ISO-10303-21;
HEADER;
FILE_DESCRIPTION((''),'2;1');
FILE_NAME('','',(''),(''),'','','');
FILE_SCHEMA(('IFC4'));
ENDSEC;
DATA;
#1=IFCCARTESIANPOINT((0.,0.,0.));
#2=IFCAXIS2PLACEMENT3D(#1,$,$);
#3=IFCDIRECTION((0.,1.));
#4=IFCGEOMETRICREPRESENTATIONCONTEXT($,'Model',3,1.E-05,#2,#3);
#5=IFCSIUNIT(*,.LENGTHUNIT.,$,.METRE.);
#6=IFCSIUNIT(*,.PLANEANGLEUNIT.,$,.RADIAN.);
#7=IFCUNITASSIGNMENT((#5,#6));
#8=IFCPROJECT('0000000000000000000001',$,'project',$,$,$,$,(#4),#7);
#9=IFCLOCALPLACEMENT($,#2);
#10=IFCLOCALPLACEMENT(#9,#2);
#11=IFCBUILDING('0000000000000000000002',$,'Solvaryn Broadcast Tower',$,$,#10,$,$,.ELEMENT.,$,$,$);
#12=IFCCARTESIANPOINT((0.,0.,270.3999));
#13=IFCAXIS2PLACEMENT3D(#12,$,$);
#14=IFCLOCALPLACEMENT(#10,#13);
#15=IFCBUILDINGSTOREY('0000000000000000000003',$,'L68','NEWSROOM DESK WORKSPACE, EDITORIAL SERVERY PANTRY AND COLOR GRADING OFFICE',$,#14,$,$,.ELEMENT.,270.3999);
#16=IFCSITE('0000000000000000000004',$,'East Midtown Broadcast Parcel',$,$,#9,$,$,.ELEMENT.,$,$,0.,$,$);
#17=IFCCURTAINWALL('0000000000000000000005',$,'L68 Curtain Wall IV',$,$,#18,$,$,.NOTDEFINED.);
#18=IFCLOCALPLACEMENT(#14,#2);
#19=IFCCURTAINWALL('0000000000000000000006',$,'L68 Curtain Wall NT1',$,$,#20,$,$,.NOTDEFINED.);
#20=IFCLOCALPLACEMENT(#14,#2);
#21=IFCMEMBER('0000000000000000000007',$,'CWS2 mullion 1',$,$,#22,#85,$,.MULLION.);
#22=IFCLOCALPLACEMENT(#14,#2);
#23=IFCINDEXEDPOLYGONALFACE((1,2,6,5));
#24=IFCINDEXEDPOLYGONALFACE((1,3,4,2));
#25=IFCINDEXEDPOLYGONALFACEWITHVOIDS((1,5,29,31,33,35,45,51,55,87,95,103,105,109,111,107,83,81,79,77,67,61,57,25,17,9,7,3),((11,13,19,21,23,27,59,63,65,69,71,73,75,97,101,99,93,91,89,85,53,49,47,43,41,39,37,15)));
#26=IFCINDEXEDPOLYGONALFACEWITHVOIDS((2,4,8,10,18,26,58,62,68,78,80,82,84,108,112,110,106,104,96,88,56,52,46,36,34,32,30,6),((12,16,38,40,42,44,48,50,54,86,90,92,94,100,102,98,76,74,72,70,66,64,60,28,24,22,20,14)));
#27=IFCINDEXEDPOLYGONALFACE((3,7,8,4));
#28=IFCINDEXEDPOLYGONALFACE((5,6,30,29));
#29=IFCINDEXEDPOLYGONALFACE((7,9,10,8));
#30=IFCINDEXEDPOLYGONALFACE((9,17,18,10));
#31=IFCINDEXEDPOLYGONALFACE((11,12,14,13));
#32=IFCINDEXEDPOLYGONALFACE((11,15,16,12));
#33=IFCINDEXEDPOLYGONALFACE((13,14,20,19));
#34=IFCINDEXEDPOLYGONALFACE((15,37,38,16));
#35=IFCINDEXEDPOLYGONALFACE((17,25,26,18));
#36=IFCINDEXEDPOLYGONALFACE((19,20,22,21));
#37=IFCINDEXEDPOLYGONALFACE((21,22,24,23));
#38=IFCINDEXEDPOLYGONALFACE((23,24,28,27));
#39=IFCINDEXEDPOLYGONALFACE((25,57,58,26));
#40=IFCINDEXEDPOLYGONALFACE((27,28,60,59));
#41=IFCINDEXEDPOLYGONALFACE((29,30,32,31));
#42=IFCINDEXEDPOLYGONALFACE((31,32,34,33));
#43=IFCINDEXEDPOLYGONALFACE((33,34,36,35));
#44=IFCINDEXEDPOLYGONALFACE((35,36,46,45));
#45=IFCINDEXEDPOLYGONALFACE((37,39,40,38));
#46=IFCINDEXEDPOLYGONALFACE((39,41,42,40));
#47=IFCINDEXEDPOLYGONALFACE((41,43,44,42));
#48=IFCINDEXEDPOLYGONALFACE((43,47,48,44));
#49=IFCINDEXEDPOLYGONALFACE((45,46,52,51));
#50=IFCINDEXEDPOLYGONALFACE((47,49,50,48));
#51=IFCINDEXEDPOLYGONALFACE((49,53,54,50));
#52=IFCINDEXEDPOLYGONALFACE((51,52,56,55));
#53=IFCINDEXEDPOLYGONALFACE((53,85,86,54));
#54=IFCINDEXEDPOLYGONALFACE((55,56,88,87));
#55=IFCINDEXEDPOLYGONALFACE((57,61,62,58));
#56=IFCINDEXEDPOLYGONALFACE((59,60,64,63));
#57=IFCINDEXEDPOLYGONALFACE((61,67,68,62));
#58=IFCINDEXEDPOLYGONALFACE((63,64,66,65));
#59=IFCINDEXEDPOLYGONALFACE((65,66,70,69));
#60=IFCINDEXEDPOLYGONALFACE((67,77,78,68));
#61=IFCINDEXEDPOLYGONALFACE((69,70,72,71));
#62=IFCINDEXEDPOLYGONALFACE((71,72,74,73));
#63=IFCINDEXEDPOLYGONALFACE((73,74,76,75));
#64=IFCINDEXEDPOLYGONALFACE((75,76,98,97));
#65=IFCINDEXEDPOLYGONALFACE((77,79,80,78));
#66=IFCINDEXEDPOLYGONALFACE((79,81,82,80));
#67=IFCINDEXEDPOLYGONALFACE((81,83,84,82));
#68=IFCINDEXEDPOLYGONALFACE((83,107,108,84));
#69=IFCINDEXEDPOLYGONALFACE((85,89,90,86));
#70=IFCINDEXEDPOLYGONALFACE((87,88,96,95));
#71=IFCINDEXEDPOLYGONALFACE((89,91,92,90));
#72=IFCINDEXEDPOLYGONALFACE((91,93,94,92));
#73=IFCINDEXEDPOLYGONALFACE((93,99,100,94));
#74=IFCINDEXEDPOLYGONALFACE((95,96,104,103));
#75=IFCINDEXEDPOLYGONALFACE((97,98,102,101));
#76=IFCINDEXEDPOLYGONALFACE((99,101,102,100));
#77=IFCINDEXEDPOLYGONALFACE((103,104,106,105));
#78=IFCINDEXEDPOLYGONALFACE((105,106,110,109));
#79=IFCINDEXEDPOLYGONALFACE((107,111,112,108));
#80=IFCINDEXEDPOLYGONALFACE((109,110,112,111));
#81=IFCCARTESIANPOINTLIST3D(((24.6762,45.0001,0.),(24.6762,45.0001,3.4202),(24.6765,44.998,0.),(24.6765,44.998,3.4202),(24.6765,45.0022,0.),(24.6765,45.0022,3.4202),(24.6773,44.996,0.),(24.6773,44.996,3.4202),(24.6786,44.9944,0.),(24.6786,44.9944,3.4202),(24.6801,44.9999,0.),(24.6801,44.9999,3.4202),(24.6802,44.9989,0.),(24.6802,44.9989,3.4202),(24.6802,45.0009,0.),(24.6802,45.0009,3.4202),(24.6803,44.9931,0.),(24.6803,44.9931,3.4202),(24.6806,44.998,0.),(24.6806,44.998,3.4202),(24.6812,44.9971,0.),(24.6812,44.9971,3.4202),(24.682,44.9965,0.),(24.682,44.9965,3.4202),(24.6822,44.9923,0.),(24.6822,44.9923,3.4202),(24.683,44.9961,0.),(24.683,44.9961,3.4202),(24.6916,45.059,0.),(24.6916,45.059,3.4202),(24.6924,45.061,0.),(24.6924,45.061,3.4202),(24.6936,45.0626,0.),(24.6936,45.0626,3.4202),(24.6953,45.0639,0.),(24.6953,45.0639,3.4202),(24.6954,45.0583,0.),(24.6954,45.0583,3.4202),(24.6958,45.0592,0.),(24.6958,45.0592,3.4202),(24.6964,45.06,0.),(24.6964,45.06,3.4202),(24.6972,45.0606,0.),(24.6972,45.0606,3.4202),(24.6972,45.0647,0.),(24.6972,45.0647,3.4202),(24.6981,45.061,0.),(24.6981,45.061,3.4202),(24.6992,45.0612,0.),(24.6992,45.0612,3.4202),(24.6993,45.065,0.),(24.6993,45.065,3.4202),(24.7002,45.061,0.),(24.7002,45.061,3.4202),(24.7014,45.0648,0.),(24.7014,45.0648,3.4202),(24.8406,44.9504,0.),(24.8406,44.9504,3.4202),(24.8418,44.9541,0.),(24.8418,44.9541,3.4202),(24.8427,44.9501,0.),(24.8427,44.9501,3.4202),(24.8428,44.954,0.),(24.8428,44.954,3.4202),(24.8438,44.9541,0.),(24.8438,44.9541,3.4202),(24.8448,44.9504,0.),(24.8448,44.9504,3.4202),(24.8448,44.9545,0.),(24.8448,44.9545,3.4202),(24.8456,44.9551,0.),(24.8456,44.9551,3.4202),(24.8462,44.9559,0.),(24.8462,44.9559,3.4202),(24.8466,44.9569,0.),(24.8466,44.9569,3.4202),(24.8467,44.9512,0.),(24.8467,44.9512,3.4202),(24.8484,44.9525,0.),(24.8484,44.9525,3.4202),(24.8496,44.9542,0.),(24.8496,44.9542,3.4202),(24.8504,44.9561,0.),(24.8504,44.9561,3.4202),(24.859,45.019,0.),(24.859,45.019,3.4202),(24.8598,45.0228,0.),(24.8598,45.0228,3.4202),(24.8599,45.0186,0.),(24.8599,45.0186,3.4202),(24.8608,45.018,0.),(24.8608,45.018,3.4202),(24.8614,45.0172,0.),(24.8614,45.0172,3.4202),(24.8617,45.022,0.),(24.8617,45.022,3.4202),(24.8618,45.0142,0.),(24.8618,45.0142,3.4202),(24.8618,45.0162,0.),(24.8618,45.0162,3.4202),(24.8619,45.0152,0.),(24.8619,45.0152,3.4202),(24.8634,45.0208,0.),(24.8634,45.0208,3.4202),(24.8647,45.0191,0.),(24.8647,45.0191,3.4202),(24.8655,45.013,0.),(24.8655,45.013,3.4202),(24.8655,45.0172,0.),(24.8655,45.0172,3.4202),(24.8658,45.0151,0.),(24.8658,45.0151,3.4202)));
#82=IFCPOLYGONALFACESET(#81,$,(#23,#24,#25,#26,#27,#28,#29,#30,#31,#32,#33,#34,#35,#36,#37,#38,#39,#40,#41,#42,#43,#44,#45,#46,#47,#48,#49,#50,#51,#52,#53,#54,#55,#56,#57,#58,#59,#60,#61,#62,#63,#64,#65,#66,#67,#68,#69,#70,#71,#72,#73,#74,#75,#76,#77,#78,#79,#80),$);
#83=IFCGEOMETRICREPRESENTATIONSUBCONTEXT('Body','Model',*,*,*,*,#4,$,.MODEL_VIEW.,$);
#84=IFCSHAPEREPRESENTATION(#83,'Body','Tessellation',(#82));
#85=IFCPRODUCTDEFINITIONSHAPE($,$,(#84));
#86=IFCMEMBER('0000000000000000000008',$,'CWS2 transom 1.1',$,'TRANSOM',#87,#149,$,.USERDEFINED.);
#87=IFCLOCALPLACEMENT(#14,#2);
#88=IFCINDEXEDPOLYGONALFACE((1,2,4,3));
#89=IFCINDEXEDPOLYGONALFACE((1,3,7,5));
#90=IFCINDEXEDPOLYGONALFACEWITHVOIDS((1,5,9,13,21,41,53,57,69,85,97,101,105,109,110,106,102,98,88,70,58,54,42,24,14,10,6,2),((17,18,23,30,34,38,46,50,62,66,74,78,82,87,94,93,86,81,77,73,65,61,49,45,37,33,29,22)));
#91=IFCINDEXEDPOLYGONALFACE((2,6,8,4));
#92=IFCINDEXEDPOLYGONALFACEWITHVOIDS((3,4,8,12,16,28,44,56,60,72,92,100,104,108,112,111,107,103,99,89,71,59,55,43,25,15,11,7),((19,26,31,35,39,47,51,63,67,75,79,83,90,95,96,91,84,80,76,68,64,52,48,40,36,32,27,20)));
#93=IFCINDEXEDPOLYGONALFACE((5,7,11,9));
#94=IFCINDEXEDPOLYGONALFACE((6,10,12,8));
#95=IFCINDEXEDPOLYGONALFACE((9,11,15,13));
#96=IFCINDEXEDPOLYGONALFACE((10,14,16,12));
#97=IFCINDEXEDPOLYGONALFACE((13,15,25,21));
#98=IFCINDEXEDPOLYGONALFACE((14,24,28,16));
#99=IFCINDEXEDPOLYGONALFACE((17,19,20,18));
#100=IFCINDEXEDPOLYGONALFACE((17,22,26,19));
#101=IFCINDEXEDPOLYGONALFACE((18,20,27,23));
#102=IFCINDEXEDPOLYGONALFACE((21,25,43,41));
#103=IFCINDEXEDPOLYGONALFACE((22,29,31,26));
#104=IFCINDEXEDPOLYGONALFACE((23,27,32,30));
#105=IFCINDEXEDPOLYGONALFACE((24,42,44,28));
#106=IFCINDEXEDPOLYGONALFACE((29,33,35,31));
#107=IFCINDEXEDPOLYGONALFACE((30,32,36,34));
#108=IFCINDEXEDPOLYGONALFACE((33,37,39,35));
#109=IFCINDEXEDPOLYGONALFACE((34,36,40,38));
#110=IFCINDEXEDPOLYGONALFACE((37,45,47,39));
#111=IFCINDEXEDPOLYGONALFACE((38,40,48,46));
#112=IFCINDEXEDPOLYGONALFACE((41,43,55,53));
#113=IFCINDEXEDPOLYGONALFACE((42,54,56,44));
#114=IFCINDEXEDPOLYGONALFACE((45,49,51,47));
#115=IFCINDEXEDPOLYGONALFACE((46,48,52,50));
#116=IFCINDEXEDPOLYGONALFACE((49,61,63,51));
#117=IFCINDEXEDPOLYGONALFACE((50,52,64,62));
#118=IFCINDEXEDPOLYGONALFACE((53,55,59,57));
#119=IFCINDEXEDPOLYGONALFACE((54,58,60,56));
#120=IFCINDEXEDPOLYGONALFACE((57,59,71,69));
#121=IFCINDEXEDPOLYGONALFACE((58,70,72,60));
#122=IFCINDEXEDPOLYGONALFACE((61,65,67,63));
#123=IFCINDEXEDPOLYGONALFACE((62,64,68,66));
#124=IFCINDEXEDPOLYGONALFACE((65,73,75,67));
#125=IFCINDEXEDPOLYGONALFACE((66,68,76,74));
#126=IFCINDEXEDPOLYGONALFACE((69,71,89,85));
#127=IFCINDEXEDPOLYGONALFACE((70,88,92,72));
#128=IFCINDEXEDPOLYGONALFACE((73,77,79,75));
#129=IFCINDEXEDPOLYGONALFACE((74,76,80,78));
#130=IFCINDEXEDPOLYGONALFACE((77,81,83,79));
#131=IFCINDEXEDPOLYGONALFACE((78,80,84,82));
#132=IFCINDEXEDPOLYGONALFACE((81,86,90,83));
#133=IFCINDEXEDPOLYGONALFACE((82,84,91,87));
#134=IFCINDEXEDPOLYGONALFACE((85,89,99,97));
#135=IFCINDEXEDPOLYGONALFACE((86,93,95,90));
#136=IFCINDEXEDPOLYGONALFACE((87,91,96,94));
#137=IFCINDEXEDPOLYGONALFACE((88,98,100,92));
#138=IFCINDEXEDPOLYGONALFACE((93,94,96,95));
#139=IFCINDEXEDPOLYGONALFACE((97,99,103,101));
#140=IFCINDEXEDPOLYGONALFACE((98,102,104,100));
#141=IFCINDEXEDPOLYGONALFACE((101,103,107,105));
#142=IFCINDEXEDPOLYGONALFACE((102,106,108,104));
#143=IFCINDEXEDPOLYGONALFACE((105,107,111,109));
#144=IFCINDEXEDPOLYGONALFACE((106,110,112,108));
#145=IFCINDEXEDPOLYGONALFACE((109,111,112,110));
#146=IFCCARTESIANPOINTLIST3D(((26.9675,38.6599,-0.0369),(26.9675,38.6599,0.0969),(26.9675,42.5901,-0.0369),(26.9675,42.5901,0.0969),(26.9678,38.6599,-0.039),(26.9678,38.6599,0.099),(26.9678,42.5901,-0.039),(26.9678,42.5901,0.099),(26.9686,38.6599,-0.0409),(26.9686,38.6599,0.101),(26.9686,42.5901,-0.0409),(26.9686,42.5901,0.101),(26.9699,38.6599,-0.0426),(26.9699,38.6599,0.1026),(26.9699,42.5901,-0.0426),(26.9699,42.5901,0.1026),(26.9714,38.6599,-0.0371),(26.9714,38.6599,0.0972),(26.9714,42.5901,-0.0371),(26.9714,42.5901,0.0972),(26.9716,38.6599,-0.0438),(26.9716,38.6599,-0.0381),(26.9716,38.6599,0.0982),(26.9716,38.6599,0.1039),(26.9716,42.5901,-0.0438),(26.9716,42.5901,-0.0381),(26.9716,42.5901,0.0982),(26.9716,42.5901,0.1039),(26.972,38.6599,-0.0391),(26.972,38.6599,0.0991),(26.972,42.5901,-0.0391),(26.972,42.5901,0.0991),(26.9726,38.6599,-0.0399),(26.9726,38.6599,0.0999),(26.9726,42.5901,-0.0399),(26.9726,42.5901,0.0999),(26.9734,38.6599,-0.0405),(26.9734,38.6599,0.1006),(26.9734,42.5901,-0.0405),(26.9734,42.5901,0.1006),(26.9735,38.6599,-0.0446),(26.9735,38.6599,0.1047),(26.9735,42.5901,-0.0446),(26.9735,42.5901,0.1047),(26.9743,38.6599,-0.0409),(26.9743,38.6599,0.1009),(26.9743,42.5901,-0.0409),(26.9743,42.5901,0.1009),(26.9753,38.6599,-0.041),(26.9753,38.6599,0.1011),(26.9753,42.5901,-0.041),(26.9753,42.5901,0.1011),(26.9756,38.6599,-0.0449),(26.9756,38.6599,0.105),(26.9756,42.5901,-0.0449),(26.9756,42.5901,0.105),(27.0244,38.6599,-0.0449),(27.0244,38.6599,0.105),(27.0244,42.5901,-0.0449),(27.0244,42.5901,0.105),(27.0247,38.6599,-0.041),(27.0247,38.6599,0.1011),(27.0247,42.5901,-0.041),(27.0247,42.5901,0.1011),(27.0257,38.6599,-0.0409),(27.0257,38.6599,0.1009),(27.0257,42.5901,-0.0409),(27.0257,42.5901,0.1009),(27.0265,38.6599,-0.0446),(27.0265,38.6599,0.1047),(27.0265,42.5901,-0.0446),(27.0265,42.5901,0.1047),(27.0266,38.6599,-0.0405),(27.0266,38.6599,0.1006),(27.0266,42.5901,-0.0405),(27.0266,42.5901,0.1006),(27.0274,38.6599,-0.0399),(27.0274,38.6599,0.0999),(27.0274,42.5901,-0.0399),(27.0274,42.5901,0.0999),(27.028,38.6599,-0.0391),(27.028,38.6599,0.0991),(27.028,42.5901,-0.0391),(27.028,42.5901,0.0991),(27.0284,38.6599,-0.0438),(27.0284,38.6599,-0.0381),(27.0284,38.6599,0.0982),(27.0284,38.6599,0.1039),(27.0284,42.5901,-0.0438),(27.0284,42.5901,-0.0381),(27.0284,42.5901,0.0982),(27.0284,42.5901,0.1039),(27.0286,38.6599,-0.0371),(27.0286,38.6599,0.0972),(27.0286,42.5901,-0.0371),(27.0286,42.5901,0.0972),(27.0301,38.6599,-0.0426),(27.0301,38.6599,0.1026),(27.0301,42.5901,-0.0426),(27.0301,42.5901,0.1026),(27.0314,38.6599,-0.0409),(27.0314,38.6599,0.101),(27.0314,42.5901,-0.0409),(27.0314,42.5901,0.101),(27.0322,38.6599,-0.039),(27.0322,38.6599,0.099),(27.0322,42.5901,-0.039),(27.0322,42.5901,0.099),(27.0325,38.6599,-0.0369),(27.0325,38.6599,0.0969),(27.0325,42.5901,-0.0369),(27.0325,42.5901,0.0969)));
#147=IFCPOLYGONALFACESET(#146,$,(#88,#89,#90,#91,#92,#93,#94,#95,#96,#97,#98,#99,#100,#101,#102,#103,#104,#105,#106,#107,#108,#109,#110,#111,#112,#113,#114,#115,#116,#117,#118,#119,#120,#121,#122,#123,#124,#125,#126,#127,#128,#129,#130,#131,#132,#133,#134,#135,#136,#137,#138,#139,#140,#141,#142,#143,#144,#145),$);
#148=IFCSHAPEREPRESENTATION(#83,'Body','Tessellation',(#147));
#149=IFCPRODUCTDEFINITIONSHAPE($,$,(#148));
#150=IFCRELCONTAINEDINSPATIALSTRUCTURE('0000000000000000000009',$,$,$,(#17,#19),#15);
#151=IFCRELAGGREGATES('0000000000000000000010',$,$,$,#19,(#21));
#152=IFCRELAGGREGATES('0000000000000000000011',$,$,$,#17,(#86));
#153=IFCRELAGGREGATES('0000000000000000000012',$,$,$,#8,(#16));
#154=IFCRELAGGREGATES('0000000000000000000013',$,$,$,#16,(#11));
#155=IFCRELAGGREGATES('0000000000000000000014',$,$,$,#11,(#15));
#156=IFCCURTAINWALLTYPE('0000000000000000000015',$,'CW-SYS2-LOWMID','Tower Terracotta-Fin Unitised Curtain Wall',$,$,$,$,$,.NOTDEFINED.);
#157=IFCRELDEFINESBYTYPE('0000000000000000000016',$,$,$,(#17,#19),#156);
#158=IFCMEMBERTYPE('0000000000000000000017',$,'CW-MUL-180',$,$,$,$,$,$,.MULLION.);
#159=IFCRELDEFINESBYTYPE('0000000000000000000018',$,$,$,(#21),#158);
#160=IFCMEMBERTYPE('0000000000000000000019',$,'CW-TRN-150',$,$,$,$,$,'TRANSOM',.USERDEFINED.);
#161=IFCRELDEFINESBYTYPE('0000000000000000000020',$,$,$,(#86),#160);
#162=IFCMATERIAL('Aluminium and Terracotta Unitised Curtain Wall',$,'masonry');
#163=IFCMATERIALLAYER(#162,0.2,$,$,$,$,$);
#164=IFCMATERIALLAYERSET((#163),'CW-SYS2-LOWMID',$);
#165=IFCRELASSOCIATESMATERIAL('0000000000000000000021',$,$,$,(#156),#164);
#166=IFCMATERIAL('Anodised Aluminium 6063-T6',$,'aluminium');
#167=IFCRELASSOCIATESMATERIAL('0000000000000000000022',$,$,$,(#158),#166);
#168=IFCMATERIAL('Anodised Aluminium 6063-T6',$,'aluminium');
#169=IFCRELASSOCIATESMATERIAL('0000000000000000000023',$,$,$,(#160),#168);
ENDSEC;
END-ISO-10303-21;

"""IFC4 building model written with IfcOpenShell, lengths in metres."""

from ifc_helpers import new_model, si_unit, direction, frame, origin, origin_2d, place, context, subcontext, project, spatial, hollow_rectangle, extrude, material, layer, layer_set, material_profile, profile_set, type_object, element, aggregate, save


model = new_model("IFC4")

# Units and contexts
model_context = context("Model", 3, precision=1e-05, world=origin(), true_north=direction((0.0, 1.0)))
body_context = subcontext(model_context, "Body", "Model", "MODEL_VIEW")
ifc_project = project(units=[si_unit("LENGTHUNIT", "METRE"), si_unit("PLANEANGLEUNIT", "RADIAN")], contexts=[model_context])

# Site, building, storey
site_placement = place(None, origin())
site = spatial("IfcSite", under=ifc_project, at=site_placement, Name="East Midtown Broadcast Parcel", CompositionType="ELEMENT", RefElevation=0.0)
building_placement = place(site_placement, origin())
building = spatial("IfcBuilding", under=site, at=building_placement, Name="Solvaryn Broadcast Tower", CompositionType="ELEMENT")
storey_placement = place(building_placement, frame((0.0, 0.0, 270.3999)))
storey = spatial("IfcBuildingStorey", under=building, at=storey_placement, Name="L68", Description="NEWSROOM DESK WORKSPACE, EDITORIAL SERVERY PANTRY AND COLOR GRADING OFFICE", CompositionType="ELEMENT", Elevation=270.3999)

# Curtain wall
ifc_material_1 = material(Name="Aluminium and Terracotta Unitised Curtain Wall", Category="masonry")
ifc_layer_1 = layer(ifc_material_1, 0.2)
ifc_layer_set_1 = layer_set([ifc_layer_1], Name="CW-SYS2-LOWMID")
curtain_wall_type = type_object("IfcCurtainWallType", Name="CW-SYS2-LOWMID", Description="Tower Terracotta-Fin Unitised Curtain Wall", PredefinedType="NOTDEFINED", material=ifc_layer_set_1)
curtain_wall_1_placement = place(storey_placement, origin())
curtain_wall_1 = element("IfcCurtainWall", 1, at=curtain_wall_1_placement, inside=storey, type_object=curtain_wall_type, Name="L68 Curtain Wall IV", PredefinedType="NOTDEFINED")
ifc_material_2 = material(Name="Anodised Aluminium 6063-T6", Category="aluminium")
ifc_material_profile_1 = material_profile(ifc_material_2, hollow_rectangle(XDim=0.075, YDim=0.1799, WallThickness=0.0039, InnerFilletRadius=0.0039, OuterFilletRadius=0.0081, at=origin_2d()))
ifc_profile_set_1 = profile_set([ifc_material_profile_1], Name="Anodised Aluminium 6063-T6")
member_type_1 = type_object("IfcMemberType", Name="CW-MUL-180", PredefinedType="MULLION", material=ifc_profile_set_1)

# Curtain wall, member
curtain_wall_2_placement = place(storey_placement, origin())
curtain_wall_2 = element("IfcCurtainWall", 2, at=curtain_wall_2_placement, inside=storey, type_object=curtain_wall_type, Name="L68 Curtain Wall NT1", PredefinedType="NOTDEFINED")
member_1_placement = place(storey_placement, frame((24.771, 45.0076, 0.0), z_axis=(0.0, 0.0, 1.0), x_axis=(-0.255893, -0.966705, 0.0)))
member_1 = element("IfcMember", 3, at=member_1_placement, type_object=member_type_1, Name="CWS2 mullion 1", PredefinedType="MULLION", context=body_context, shape_type="SweptSolid", body=[
    extrude(hollow_rectangle(XDim=0.075, YDim=0.1799, WallThickness=0.0039, InnerFilletRadius=0.0039, OuterFilletRadius=0.0081, at=origin_2d()), origin(), (0.0, 0.0, 1.0), 3.4202),
])

# Member
ifc_material_3 = material(Name="Anodised Aluminium 6063-T6", Category="aluminium")
ifc_material_profile_2 = material_profile(ifc_material_3, hollow_rectangle(XDim=0.0649, YDim=0.1499, WallThickness=0.0039, InnerFilletRadius=0.0039, OuterFilletRadius=0.0081, at=origin_2d()))
ifc_profile_set_2 = profile_set([ifc_material_profile_2], Name="Anodised Aluminium 6063-T6")
member_type_2 = type_object("IfcMemberType", Name="CW-TRN-150", ElementType="TRANSOM", PredefinedType="USERDEFINED", material=ifc_profile_set_2)
member_2_placement = place(storey_placement, frame((27.0, 42.5901, 0.03), z_axis=(0.0, -1.0, 0.0), x_axis=(1.0, 0.0, 0.0)))
member_2 = element("IfcMember", 4, at=member_2_placement, type_object=member_type_2, Name="CWS2 transom 1.1", ObjectType="TRANSOM", PredefinedType="USERDEFINED", context=body_context, shape_type="SweptSolid", body=[
    extrude(hollow_rectangle(XDim=0.0649, YDim=0.1499, WallThickness=0.0039, InnerFilletRadius=0.0039, OuterFilletRadius=0.0081, at=origin_2d()), origin(), (0.0, 0.0, 1.0), 3.9302),
])
aggregate(curtain_wall_2, [member_1])

aggregate(curtain_wall_1, [member_2])

save(model, "model.ifc")
